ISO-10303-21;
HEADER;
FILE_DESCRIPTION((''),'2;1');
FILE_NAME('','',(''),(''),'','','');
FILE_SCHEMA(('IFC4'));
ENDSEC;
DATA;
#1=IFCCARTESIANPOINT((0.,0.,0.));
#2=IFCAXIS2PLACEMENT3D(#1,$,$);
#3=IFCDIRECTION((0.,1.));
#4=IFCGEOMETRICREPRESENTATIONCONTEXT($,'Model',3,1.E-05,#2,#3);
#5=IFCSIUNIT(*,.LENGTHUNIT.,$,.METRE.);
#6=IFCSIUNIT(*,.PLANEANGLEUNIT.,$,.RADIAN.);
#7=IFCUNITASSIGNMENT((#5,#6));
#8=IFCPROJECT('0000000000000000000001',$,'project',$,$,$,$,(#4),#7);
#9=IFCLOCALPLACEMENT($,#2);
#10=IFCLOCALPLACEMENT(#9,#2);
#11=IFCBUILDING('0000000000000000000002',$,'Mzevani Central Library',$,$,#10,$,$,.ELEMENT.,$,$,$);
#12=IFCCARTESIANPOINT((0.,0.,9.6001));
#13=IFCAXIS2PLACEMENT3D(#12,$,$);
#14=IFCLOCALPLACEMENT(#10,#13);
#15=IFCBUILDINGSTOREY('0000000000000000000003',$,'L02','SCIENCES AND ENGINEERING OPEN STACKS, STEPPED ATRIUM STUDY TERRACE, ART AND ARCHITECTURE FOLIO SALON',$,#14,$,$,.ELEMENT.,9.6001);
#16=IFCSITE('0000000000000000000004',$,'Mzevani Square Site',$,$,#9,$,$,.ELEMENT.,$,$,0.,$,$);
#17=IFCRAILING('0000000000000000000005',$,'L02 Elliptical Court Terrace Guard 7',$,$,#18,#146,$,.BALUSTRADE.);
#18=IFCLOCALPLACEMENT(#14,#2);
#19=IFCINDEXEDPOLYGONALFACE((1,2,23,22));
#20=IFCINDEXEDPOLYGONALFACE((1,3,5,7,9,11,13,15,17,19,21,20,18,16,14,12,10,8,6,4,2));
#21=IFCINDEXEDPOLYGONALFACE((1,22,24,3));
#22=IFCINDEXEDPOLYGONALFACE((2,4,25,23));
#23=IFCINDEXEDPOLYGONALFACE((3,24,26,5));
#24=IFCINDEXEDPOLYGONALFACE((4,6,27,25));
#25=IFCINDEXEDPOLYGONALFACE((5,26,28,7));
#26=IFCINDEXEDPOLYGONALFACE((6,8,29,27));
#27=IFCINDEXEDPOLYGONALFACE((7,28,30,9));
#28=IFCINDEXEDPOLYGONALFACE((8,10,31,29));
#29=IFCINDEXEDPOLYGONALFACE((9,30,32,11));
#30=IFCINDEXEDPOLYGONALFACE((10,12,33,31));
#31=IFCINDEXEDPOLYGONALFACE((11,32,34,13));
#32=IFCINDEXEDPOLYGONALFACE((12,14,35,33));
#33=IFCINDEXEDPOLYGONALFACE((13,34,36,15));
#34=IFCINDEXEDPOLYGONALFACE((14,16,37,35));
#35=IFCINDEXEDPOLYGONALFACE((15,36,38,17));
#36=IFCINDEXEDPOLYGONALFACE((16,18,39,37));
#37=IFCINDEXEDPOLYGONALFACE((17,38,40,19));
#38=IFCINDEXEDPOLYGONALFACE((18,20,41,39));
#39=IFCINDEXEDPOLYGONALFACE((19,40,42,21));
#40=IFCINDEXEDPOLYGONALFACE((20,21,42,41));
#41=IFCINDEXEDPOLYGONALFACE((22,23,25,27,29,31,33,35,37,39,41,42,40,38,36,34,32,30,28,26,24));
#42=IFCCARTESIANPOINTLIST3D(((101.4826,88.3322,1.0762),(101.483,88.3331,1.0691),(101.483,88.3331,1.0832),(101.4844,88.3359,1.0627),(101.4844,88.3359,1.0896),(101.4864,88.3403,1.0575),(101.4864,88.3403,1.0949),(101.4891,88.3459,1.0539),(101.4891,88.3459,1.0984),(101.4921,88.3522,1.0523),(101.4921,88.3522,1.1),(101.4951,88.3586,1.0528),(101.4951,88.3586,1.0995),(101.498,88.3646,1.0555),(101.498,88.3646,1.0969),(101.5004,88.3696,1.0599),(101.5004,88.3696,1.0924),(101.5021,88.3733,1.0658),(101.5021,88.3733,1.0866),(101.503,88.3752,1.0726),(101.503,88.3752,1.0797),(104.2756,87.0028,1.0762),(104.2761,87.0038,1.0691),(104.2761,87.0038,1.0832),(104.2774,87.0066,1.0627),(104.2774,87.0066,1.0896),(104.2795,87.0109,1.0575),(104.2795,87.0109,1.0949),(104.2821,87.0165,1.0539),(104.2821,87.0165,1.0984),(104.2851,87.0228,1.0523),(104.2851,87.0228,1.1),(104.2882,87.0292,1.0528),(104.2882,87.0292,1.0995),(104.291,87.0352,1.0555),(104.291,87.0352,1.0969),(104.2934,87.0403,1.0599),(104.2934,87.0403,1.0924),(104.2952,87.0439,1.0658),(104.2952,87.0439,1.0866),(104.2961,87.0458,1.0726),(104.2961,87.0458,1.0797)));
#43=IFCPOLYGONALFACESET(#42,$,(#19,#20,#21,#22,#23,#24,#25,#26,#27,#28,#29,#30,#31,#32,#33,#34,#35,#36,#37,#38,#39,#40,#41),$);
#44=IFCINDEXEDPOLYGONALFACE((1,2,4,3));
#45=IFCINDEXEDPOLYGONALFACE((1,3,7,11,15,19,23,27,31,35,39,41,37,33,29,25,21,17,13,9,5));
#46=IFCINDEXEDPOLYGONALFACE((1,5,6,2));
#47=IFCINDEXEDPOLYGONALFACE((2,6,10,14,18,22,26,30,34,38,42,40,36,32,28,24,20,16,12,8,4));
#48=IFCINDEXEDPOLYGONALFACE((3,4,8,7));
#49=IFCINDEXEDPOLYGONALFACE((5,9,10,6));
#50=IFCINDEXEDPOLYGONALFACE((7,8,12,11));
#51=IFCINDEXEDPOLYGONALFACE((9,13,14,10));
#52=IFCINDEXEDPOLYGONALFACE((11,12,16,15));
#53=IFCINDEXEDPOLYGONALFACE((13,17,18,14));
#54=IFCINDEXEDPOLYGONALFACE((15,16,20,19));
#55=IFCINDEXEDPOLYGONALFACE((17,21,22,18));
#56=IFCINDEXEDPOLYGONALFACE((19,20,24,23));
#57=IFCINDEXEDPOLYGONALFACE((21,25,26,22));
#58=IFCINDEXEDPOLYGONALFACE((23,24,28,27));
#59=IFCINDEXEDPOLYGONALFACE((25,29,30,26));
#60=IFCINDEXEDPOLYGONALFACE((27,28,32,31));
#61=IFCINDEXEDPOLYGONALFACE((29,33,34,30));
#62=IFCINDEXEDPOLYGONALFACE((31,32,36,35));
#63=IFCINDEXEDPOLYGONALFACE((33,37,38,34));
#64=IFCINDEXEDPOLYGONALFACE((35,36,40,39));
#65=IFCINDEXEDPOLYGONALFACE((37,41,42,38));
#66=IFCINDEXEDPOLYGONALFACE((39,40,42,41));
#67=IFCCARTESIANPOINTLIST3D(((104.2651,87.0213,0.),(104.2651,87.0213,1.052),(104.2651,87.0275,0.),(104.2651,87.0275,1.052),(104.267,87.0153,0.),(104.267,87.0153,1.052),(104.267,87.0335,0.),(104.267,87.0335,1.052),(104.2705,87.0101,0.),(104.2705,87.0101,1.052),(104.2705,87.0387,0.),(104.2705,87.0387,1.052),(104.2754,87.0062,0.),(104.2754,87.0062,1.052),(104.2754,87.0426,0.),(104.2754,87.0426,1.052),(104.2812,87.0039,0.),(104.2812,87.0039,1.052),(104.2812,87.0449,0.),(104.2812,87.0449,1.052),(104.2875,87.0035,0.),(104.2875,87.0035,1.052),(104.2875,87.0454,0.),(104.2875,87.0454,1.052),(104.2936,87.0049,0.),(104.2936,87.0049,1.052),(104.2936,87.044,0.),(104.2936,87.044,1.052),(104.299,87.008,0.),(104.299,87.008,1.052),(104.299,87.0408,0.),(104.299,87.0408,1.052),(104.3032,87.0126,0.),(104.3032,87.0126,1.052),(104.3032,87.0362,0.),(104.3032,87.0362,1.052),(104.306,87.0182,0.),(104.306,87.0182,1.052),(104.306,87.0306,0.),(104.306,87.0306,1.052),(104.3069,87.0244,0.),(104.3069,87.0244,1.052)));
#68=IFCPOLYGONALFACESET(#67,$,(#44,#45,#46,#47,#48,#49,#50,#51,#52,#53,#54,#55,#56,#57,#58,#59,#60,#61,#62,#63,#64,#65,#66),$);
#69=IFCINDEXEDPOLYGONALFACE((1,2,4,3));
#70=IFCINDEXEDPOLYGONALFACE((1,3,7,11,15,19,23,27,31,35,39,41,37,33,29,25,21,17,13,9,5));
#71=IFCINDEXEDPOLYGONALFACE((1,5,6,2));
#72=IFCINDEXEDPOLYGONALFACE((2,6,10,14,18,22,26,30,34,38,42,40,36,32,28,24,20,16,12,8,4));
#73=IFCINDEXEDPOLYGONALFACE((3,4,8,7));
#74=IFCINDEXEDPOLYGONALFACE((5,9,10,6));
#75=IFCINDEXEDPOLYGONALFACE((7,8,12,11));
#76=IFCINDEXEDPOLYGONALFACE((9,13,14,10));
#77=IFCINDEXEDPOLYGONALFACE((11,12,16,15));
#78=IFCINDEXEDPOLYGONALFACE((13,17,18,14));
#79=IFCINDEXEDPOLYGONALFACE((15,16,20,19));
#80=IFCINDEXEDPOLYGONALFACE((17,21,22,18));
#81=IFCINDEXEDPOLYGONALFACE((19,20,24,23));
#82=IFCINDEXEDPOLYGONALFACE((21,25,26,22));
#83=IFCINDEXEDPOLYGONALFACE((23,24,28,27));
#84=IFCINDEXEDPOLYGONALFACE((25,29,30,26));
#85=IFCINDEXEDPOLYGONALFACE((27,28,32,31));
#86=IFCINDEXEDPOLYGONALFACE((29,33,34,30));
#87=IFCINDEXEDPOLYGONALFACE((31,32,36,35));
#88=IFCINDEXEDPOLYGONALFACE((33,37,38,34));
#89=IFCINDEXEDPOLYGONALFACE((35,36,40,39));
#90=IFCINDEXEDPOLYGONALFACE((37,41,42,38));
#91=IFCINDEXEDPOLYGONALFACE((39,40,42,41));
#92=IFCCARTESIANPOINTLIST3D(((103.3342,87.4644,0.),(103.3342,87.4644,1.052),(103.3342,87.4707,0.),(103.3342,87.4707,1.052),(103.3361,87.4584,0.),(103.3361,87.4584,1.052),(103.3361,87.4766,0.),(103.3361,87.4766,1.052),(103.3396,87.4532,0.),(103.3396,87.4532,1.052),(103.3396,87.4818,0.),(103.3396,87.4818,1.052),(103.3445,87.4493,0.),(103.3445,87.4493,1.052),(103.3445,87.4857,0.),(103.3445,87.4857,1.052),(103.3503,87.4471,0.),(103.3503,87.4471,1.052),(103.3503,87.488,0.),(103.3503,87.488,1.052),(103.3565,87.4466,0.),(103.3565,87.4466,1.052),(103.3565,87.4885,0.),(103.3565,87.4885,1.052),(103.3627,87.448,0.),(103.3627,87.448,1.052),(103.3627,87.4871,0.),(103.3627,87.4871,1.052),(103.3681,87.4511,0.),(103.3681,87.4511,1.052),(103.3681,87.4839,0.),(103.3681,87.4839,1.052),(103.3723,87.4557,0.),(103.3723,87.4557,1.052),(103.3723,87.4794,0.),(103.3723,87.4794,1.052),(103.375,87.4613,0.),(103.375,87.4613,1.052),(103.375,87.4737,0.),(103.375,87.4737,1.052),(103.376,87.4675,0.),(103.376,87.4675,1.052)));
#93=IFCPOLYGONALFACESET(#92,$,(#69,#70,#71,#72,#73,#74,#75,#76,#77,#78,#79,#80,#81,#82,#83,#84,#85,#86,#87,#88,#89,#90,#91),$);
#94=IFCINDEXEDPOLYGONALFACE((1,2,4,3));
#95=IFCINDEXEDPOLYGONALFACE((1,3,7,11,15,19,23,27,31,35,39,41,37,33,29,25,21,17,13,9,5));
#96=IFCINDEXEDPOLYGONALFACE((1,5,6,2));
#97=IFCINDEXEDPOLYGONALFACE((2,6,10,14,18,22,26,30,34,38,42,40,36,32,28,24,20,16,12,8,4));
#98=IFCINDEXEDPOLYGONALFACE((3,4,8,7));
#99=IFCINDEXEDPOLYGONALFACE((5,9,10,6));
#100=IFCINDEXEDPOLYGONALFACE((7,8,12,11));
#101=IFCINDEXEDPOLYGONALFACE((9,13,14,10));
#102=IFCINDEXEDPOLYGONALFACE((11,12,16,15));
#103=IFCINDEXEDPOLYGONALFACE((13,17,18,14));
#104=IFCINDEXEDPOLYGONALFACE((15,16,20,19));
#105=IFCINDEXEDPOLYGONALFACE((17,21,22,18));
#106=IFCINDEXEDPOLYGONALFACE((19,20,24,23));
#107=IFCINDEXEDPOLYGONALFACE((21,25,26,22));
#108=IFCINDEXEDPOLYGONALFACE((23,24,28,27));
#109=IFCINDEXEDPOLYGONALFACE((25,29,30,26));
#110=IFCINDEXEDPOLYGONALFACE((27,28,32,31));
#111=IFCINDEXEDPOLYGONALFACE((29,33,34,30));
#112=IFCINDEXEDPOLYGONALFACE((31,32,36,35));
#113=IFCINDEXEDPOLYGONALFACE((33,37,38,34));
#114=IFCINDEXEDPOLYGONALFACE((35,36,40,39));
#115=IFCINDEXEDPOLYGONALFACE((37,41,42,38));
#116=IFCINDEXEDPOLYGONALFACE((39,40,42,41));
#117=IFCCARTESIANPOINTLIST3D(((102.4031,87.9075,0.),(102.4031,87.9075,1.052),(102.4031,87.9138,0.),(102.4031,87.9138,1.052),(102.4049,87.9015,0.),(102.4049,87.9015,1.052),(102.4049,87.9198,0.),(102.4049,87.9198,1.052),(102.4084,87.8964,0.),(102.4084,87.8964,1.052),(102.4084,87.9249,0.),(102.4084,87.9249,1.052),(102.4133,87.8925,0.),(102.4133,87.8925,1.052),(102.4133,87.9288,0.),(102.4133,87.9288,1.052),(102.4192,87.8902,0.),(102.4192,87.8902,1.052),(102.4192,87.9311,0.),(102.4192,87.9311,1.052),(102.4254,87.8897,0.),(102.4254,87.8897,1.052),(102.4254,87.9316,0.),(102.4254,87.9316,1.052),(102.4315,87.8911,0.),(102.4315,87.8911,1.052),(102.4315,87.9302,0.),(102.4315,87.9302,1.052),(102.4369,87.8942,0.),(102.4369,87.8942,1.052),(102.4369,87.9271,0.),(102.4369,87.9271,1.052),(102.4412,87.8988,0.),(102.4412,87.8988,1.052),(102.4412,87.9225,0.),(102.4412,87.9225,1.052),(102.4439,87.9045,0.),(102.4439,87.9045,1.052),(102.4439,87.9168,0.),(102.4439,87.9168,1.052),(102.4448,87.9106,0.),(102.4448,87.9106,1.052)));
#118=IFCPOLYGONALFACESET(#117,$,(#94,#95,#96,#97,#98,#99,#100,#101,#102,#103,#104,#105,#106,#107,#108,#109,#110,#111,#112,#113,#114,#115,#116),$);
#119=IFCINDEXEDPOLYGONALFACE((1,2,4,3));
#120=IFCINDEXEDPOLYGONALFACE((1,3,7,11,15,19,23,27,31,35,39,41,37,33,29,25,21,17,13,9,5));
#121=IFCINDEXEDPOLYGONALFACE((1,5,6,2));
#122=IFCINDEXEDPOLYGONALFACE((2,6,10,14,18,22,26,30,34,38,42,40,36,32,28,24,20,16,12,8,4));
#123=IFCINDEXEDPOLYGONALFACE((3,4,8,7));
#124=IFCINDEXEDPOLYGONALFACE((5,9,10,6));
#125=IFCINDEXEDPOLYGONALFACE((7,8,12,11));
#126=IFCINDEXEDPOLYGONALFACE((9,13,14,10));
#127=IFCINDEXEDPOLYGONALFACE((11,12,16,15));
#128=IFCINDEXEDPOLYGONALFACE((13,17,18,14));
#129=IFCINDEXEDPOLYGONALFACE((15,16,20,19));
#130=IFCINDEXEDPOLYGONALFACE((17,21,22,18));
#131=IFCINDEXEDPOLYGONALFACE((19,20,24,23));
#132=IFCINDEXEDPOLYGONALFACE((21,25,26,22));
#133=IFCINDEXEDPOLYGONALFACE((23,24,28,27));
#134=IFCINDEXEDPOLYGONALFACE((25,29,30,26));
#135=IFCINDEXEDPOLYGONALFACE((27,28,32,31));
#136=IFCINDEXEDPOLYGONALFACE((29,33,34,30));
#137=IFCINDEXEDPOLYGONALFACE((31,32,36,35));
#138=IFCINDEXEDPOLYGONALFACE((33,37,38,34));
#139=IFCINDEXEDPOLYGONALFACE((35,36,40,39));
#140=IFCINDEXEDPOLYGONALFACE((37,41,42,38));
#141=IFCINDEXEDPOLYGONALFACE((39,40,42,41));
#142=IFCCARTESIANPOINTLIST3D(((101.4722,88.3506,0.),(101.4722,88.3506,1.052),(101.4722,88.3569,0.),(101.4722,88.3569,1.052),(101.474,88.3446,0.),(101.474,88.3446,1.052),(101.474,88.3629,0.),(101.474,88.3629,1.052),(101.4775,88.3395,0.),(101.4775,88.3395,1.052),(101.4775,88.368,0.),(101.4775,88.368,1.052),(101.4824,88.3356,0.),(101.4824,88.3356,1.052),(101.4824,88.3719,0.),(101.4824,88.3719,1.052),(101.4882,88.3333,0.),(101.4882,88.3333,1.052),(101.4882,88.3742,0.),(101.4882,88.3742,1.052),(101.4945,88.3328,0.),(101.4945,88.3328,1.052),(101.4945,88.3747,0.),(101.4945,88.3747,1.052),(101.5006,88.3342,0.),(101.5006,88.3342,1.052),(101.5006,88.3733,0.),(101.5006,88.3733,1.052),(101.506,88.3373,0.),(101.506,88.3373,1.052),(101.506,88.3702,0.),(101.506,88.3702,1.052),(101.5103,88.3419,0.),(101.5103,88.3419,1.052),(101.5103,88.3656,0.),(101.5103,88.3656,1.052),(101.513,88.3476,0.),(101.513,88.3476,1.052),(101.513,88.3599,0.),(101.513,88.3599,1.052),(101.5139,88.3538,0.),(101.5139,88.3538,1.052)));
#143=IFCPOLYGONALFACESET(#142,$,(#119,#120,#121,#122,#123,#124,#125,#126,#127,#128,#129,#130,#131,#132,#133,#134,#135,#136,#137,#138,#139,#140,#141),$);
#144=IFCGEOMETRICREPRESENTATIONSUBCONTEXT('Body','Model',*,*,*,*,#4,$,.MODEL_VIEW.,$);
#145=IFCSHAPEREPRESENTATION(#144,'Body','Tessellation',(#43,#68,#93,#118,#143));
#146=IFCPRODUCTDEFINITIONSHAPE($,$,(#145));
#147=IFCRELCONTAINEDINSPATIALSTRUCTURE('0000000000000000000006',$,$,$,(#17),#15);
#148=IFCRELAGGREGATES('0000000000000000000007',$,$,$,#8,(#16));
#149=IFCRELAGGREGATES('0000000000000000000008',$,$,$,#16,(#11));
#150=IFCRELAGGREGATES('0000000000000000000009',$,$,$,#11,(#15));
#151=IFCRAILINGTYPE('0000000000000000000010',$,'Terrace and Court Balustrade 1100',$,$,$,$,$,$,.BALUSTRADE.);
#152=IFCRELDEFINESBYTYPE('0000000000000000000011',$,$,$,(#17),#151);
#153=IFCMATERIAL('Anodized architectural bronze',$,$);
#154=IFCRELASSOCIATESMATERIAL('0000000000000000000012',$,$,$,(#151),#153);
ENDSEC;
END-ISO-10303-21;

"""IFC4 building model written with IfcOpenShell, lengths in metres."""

from ifc_helpers import new_model, si_unit, direction, frame, origin, origin_2d, place, context, subcontext, project, spatial, circle, extrude, material, type_object, element, save


model = new_model("IFC4")

# Units and contexts
model_context = context("Model", 3, precision=1e-05, world=origin(), true_north=direction((0.0, 1.0)))
body_context = subcontext(model_context, "Body", "Model", "MODEL_VIEW")
ifc_project = project(units=[si_unit("LENGTHUNIT", "METRE"), si_unit("PLANEANGLEUNIT", "RADIAN")], contexts=[model_context])

# Site, building, storey
site_placement = place(None, origin())
site = spatial("IfcSite", under=ifc_project, at=site_placement, Name="Mzevani Square Site", CompositionType="ELEMENT", RefElevation=0.0)
building_placement = place(site_placement, origin())
building = spatial("IfcBuilding", under=site, at=building_placement, Name="Mzevani Central Library", CompositionType="ELEMENT")
storey_placement = place(building_placement, frame((0.0, 0.0, 9.6001)))
storey = spatial("IfcBuildingStorey", under=building, at=storey_placement, Name="L02", Description="SCIENCES AND ENGINEERING OPEN STACKS, STEPPED ATRIUM STUDY TERRACE, ART AND ARCHITECTURE FOLIO SALON", CompositionType="ELEMENT", Elevation=9.6001)

# Railing
ifc_material_1 = material(Name="Anodized architectural bronze")
railing_type = type_object("IfcRailingType", Name="Terrace and Court Balustrade 1100", PredefinedType="BALUSTRADE", material=ifc_material_1)
railing_1_placement = place(storey_placement, frame((104.2859, 87.0244, 0.0)))
element("IfcRailing", 1, at=railing_1_placement, inside=storey, type_object=railing_type, Name="L02 Elliptical Court Terrace Guard 7", PredefinedType="BALUSTRADE", context=body_context, shape_type="SweptSolid", body=[
    extrude(circle(Radius=0.0239, at=origin_2d()), frame((0.0, 0.0, 1.0762), z_axis=(-0.902941, 0.429765, 0.0), x_axis=(-0.429765, -0.902941, 0.0)), (0.0, 0.0, 1.0), 3.0933),
    extrude(circle(Radius=0.021, at=origin_2d()), origin(), (0.0, 0.0, 1.0), 1.052),
    extrude(circle(Radius=0.021, at=origin_2d()), frame((-0.9309, 0.4431, 0.0)), (0.0, 0.0, 1.0), 1.052),
    extrude(circle(Radius=0.021, at=origin_2d()), frame((-1.8621, 0.8862, 0.0)), (0.0, 0.0, 1.0), 1.052),
    extrude(circle(Radius=0.021, at=origin_2d()), frame((-2.793, 1.3293, 0.0)), (0.0, 0.0, 1.0), 1.052),
])

save(model, "model.ifc")
